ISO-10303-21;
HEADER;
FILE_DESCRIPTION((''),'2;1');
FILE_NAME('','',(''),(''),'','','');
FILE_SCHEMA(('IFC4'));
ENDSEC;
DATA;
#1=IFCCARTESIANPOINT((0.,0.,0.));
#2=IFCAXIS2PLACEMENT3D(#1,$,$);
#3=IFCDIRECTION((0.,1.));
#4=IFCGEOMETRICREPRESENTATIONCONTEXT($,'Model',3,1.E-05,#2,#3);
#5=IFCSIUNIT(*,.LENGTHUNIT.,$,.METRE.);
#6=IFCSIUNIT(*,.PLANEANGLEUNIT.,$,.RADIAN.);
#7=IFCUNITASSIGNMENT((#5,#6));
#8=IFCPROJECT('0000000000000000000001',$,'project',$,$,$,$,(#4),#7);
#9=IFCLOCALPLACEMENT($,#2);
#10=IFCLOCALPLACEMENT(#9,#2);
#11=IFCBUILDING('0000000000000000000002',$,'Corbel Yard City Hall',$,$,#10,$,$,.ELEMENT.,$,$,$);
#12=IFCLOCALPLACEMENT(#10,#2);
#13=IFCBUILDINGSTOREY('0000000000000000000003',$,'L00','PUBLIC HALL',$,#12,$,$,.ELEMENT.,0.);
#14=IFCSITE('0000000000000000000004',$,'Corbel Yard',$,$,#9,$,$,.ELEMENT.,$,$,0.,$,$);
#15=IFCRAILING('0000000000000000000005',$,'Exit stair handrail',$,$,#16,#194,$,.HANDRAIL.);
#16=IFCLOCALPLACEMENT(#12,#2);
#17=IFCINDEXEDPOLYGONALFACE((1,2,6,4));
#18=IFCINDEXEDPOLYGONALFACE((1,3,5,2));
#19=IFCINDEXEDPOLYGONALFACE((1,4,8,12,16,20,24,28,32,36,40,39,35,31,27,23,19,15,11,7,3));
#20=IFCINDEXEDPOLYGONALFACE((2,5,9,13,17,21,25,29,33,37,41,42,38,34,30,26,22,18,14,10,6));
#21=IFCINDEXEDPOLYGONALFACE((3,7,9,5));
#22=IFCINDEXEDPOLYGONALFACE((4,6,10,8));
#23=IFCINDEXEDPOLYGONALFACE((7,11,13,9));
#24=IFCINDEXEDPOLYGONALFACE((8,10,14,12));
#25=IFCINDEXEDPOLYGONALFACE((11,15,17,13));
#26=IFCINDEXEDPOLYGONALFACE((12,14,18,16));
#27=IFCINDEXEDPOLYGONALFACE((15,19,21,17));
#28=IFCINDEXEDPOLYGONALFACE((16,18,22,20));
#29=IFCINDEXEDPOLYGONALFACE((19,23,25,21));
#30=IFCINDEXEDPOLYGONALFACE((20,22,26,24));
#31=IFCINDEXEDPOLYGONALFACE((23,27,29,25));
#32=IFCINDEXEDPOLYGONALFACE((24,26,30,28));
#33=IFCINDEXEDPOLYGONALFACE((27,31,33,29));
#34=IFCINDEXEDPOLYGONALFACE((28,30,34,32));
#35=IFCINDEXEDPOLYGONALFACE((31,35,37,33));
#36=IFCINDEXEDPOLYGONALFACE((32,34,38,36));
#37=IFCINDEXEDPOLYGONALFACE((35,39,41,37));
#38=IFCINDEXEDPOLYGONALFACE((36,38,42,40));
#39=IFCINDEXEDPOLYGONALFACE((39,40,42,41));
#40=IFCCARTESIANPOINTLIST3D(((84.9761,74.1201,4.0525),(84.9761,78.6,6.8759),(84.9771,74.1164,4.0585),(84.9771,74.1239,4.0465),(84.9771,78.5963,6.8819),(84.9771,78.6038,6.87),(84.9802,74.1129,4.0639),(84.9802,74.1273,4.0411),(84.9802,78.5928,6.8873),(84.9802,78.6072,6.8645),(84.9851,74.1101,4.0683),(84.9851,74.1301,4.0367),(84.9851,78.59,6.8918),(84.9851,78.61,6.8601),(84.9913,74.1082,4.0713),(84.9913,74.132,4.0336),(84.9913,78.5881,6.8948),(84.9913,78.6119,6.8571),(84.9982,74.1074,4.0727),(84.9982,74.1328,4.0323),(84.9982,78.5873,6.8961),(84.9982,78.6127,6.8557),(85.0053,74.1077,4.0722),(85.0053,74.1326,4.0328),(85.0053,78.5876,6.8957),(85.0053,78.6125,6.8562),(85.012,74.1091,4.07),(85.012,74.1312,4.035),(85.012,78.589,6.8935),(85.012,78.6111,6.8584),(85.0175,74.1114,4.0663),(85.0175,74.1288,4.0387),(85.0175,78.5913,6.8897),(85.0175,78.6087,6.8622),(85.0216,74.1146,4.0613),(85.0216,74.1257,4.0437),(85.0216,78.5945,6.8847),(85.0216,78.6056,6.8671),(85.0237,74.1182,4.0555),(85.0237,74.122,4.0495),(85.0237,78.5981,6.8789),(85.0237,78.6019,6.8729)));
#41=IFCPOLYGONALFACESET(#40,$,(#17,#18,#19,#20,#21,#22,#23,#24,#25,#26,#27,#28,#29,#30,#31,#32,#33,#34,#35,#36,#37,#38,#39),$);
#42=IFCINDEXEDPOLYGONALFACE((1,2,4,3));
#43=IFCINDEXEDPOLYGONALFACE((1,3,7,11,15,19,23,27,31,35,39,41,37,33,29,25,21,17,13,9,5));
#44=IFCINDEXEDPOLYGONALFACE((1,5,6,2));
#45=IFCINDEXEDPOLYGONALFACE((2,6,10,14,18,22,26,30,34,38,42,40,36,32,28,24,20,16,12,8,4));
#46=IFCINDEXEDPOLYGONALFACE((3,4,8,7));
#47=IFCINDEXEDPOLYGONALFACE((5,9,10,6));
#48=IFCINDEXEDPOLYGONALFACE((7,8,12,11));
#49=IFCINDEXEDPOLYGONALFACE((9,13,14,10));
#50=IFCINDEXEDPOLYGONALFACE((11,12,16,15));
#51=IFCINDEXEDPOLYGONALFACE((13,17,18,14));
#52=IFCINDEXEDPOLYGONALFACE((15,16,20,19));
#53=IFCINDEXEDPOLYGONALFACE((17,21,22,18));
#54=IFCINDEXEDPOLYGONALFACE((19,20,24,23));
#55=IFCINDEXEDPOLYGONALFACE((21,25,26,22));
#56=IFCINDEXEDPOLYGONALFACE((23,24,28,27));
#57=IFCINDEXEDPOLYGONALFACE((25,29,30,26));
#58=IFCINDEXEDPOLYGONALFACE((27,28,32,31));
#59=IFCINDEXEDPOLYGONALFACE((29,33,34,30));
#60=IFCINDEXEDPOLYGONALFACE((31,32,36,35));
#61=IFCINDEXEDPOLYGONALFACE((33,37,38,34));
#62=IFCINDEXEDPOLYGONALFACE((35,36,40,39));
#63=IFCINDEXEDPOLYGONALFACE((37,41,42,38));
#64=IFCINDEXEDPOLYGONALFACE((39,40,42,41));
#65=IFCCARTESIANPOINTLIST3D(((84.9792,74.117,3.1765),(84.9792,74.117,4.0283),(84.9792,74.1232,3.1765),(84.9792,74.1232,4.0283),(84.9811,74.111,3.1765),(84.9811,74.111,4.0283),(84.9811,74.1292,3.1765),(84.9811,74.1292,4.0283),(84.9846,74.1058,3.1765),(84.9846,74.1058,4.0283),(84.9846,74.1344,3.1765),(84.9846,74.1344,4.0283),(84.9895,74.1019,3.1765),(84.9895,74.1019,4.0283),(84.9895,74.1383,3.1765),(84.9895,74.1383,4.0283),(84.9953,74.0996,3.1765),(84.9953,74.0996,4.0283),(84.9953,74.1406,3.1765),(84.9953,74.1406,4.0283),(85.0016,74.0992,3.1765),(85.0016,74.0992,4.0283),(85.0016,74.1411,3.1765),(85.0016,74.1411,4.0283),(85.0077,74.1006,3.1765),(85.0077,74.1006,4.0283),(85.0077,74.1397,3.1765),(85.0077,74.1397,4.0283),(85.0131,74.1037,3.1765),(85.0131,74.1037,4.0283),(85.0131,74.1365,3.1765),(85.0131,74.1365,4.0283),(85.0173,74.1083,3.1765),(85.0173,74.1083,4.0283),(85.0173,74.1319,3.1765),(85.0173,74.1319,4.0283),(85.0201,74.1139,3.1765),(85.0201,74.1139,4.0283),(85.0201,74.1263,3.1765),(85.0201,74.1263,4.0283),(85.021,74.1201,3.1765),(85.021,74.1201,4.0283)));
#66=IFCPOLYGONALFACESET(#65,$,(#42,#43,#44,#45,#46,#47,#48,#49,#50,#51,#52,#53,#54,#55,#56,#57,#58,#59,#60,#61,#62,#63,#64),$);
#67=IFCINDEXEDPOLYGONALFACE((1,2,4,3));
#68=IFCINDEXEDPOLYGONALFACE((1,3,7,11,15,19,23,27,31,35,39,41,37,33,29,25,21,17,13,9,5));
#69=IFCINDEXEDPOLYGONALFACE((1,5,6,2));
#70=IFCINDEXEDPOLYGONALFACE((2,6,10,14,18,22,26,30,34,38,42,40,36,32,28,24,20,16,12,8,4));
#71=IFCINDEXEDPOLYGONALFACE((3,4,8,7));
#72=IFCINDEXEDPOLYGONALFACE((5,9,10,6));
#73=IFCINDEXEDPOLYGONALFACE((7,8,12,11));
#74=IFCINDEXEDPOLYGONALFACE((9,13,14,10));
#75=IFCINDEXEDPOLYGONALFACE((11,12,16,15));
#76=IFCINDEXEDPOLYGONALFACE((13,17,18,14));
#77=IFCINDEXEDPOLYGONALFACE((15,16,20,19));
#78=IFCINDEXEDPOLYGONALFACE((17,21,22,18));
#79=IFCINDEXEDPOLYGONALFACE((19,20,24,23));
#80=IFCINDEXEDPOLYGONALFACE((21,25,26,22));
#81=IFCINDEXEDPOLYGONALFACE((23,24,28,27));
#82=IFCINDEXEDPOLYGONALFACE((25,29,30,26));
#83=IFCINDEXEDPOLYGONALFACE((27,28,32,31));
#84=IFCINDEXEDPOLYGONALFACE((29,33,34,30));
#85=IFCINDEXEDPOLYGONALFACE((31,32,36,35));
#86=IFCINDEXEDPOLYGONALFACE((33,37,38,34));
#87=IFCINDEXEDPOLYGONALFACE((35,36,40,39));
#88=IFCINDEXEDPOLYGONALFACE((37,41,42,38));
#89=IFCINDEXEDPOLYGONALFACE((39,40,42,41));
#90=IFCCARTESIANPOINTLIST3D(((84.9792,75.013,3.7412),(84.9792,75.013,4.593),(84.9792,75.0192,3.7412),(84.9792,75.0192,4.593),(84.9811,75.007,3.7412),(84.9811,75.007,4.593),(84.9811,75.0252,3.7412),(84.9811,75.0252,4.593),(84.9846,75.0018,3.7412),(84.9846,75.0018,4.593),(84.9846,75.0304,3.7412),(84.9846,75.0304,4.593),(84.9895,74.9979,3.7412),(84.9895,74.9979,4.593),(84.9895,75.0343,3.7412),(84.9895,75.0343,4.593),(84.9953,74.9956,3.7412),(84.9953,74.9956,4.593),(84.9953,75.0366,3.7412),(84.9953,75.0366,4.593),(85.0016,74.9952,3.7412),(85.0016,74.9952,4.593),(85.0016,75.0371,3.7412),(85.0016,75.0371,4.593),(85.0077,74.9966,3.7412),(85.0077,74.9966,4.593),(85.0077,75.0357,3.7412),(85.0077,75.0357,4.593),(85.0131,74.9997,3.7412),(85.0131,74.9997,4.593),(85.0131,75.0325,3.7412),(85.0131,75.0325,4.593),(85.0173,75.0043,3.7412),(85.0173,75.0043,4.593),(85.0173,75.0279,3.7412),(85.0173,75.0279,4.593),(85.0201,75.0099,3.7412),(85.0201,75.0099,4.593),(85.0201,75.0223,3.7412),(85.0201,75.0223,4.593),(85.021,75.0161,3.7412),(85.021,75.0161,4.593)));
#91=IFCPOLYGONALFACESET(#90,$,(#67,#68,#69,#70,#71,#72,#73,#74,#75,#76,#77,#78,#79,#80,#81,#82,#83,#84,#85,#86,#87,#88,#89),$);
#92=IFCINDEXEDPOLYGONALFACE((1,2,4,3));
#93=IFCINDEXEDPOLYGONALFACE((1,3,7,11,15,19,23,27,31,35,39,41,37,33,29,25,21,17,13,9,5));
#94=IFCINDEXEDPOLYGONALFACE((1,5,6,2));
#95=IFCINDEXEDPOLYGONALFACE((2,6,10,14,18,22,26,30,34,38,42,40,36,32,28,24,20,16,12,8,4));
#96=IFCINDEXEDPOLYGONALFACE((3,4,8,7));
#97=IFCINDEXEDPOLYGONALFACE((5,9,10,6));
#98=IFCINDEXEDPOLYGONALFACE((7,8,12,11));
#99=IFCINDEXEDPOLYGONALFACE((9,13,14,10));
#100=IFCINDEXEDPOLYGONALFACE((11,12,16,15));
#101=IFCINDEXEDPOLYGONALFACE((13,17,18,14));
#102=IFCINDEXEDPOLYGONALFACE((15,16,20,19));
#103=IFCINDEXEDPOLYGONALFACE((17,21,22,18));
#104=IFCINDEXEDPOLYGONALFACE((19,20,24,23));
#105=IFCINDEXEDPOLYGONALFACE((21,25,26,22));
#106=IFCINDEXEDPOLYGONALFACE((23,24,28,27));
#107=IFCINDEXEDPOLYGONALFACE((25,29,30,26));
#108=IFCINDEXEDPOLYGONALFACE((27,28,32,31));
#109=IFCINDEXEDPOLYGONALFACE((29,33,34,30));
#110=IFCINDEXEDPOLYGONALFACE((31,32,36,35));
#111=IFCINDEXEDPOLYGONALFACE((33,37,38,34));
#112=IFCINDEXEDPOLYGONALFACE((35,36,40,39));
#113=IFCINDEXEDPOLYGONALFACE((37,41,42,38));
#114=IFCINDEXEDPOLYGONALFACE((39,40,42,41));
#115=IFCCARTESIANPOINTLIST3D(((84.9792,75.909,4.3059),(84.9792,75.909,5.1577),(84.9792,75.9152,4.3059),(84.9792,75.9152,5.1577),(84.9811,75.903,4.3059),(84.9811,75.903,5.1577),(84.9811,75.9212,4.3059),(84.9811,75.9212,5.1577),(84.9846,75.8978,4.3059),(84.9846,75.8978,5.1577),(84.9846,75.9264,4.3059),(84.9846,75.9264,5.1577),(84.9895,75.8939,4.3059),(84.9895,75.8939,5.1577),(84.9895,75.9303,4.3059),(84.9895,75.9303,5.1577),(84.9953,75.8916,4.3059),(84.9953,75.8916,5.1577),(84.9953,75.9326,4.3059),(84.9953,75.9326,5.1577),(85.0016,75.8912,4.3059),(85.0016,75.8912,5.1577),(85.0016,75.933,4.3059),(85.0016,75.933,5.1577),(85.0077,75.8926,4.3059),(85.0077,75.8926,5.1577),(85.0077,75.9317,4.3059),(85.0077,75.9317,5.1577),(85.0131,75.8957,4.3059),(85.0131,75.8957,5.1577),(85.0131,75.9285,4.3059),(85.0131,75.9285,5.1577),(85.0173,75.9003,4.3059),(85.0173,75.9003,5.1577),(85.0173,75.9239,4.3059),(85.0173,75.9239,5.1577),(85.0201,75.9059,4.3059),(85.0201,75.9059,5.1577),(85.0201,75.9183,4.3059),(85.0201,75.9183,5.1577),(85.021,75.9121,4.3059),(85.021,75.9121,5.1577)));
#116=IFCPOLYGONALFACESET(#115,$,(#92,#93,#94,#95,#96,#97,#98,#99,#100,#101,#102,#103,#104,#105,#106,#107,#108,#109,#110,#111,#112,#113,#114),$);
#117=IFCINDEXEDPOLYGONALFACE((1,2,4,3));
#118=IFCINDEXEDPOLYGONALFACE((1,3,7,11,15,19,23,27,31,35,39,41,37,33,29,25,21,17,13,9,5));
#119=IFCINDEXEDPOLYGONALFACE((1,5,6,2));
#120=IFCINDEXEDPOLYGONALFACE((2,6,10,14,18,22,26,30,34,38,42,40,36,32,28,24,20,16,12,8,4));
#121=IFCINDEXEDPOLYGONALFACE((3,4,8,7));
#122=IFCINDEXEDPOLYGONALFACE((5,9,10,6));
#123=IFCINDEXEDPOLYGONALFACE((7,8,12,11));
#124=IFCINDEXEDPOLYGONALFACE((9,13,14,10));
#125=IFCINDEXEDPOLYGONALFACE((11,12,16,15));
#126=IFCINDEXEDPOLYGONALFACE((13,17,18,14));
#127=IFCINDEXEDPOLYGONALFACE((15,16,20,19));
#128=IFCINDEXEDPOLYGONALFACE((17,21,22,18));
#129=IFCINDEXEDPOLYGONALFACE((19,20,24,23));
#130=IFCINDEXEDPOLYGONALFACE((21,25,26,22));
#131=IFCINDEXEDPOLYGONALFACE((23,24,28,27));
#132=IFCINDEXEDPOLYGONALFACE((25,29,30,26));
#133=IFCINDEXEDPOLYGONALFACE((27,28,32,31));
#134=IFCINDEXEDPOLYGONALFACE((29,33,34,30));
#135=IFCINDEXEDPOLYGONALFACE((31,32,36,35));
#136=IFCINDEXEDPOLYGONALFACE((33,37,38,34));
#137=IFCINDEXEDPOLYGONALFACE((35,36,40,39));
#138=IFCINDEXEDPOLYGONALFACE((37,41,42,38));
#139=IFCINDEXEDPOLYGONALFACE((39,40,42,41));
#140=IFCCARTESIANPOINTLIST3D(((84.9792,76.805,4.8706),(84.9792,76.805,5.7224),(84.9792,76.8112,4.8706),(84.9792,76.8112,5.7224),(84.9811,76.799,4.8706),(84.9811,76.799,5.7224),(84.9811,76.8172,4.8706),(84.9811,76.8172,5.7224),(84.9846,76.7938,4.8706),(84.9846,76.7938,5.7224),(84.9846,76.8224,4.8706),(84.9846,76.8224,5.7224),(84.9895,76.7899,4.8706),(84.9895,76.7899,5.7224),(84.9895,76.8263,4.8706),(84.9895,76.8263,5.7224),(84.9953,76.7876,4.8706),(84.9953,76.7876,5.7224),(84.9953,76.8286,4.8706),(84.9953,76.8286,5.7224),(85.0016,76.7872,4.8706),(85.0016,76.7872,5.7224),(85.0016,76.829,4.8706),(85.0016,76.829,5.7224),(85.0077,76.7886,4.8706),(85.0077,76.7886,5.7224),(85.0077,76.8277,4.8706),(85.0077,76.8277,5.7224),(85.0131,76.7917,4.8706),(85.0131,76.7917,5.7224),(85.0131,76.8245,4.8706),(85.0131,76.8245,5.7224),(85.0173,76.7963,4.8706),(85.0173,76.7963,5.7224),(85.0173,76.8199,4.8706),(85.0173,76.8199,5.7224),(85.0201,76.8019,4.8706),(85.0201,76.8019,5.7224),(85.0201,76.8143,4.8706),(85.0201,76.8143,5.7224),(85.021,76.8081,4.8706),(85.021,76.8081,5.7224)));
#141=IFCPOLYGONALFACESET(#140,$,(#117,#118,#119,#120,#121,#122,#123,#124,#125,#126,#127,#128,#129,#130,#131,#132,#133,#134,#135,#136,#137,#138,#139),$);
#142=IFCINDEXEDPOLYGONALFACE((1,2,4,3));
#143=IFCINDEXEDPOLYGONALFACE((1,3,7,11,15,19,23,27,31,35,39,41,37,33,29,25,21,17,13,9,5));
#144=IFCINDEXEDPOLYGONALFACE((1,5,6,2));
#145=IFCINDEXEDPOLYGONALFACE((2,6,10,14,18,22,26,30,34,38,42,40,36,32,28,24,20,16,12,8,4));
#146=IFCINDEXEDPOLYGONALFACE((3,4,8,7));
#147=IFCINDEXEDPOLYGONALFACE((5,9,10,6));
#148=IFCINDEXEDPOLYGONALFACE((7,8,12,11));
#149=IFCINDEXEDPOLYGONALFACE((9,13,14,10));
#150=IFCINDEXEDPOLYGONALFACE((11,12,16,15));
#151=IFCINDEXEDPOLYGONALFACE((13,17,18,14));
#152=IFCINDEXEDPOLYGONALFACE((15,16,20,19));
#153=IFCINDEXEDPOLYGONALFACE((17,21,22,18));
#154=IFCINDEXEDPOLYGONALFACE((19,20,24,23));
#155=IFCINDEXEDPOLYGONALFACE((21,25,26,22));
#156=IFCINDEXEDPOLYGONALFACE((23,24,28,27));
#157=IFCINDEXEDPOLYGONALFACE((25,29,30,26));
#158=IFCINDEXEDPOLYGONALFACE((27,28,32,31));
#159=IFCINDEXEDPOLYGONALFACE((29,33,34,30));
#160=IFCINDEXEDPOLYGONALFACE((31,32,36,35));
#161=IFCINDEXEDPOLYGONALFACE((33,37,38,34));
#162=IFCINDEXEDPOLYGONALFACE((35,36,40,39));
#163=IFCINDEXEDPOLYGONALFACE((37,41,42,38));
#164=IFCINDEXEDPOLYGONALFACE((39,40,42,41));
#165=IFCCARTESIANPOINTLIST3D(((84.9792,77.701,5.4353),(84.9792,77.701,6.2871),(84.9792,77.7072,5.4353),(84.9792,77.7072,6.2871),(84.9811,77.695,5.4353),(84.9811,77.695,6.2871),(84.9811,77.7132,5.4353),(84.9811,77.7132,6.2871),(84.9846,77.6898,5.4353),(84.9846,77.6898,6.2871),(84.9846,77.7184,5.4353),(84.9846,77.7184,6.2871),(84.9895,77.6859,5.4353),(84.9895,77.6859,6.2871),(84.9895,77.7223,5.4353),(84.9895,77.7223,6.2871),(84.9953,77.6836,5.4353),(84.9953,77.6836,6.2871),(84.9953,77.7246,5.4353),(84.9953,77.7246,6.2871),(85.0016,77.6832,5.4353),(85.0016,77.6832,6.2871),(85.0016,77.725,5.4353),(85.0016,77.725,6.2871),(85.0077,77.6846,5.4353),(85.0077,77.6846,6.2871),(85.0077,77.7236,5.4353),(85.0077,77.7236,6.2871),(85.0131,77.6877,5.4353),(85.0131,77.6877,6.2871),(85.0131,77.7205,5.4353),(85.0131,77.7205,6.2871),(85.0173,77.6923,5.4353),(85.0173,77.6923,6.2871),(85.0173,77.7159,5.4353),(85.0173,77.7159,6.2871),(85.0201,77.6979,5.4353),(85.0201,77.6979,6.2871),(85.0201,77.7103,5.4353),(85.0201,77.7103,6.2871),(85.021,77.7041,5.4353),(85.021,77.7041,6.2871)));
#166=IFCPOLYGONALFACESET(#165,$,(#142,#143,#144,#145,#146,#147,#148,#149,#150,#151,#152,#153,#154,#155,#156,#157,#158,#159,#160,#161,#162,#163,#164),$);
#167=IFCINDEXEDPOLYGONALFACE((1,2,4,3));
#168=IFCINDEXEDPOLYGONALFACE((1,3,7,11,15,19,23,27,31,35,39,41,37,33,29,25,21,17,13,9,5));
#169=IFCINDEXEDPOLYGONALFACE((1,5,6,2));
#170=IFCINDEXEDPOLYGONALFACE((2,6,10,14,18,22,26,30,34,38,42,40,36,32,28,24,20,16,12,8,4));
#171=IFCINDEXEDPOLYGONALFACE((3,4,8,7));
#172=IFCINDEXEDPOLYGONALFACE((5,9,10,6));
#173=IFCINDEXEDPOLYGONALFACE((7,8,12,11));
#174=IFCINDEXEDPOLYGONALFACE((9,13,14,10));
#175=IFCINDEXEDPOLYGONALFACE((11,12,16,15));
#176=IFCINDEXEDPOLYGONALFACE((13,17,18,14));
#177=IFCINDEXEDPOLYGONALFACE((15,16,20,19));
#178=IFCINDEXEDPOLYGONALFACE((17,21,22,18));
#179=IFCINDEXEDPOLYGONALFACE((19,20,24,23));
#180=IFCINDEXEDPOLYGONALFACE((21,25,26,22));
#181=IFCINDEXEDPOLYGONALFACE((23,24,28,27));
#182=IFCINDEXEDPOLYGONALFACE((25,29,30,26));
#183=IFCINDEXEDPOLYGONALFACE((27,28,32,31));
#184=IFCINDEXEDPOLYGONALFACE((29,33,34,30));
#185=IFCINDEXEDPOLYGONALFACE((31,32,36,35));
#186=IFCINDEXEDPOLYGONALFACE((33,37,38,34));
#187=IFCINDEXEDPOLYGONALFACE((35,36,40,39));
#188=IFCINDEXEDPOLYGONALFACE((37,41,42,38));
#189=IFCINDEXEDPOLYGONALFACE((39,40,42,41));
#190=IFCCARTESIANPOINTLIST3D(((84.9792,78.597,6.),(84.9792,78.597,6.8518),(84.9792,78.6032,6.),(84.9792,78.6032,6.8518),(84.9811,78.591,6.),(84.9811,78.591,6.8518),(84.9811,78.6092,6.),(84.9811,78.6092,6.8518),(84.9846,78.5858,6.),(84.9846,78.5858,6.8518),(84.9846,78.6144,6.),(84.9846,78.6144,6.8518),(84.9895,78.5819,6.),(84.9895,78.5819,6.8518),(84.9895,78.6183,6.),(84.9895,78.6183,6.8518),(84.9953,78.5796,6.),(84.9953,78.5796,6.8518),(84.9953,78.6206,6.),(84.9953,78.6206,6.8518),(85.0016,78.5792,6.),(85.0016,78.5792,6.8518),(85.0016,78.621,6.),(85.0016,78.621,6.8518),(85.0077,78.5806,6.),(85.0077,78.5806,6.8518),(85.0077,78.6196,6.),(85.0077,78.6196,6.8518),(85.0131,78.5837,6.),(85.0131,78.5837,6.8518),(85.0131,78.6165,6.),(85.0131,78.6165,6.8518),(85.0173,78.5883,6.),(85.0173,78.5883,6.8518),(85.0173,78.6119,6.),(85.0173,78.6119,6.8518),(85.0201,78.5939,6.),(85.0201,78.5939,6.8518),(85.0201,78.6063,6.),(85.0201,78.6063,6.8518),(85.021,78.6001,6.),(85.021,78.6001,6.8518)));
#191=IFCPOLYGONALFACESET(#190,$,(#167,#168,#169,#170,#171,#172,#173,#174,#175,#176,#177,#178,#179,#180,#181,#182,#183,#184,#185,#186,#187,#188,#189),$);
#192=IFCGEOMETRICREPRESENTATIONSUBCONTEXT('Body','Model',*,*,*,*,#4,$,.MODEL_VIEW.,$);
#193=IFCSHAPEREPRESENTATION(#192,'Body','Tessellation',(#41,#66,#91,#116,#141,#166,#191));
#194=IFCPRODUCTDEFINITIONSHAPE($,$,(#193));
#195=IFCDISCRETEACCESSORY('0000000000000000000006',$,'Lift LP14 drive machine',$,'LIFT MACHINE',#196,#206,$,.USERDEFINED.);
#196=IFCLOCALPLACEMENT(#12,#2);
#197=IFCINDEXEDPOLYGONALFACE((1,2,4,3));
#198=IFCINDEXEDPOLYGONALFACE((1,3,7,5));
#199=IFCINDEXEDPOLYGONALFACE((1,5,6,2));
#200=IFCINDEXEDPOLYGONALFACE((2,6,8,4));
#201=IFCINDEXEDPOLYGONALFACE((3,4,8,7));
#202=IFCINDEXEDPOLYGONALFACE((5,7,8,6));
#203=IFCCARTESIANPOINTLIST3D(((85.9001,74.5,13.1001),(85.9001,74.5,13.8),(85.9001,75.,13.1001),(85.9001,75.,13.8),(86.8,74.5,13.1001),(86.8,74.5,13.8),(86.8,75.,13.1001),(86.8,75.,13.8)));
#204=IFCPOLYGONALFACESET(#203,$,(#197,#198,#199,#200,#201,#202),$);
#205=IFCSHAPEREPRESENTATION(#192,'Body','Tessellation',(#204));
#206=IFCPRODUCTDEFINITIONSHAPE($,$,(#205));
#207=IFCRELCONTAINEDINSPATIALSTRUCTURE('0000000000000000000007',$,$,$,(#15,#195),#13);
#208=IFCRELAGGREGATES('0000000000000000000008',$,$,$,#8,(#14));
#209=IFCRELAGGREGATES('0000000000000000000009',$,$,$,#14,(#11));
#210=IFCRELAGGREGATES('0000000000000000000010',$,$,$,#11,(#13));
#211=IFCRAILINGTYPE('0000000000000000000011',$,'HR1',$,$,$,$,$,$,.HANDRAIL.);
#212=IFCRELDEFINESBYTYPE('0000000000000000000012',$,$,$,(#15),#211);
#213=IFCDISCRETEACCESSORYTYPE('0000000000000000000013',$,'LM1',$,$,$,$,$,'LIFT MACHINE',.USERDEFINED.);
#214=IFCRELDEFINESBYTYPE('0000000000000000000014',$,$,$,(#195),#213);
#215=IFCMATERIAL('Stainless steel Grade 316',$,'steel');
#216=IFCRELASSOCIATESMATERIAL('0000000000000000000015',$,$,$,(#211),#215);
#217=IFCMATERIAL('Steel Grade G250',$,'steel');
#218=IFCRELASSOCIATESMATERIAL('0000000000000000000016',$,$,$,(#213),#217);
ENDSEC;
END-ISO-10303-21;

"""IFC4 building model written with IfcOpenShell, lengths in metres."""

from ifc_helpers import new_model, si_unit, direction, frame, origin, origin_2d, place, context, subcontext, project, spatial, rectangle, circle, extrude, material, type_object, element, save


model = new_model("IFC4")

# Units and contexts
model_context = context("Model", 3, precision=1e-05, world=origin(), true_north=direction((0.0, 1.0)))
body_context = subcontext(model_context, "Body", "Model", "MODEL_VIEW")
ifc_project = project(units=[si_unit("LENGTHUNIT", "METRE"), si_unit("PLANEANGLEUNIT", "RADIAN")], contexts=[model_context])

# Site, building, storey
site_placement = place(None, origin())
site = spatial("IfcSite", under=ifc_project, at=site_placement, Name="Corbel Yard", CompositionType="ELEMENT", RefElevation=0.0)
building_placement = place(site_placement, origin())
building = spatial("IfcBuilding", under=site, at=building_placement, Name="Corbel Yard City Hall", CompositionType="ELEMENT")
storey_placement = place(building_placement, origin())
storey = spatial("IfcBuildingStorey", under=building, at=storey_placement, Name="L00", Description="PUBLIC HALL", CompositionType="ELEMENT", Elevation=0.0)

# Shared definitions
ifc_material_1 = material(Name="Steel Grade G250", Category="steel")

# Railing
ifc_material_2 = material(Name="Stainless steel Grade 316", Category="steel")
railing_type = type_object("IfcRailingType", Name="HR1", PredefinedType="HANDRAIL", material=ifc_material_2)
for number, where, name in (
    (1, (85.0, 74.1201, 3.1765), "Exit stair handrail"),
):
    element("IfcRailing", number, at=place(storey_placement, frame(where)), inside=storey, type_object=railing_type, Name=name, PredefinedType="HANDRAIL", context=body_context, shape_type="SweptSolid", body=[
        extrude(circle(Radius=0.0239, at=origin_2d()), frame((0.0, 0.0, 0.876), z_axis=(0.0, 0.845998, 0.533186), x_axis=(-1.0, 0.0, 0.0)), (0.0, 0.0, 1.0), 5.2954),
        extrude(circle(Radius=0.021, at=origin_2d()), origin(), (0.0, 0.0, 1.0), 0.8518),
        extrude(circle(Radius=0.021, at=origin_2d()), frame((0.0, 0.896, 0.5647)), (0.0, 0.0, 1.0), 0.8518),
        extrude(circle(Radius=0.021, at=origin_2d()), frame((0.0, 1.792, 1.1294)), (0.0, 0.0, 1.0), 0.8518),
        extrude(circle(Radius=0.021, at=origin_2d()), frame((0.0, 2.688, 1.6941)), (0.0, 0.0, 1.0), 0.8518),
        extrude(circle(Radius=0.021, at=origin_2d()), frame((0.0, 3.584, 2.2588)), (0.0, 0.0, 1.0), 0.8518),
        extrude(circle(Radius=0.021, at=origin_2d()), frame((0.0, 4.48, 2.8235)), (0.0, 0.0, 1.0), 0.8518),
    ])

# Discrete accessory
discrete_accessory_type_1 = type_object("IfcDiscreteAccessoryType", Name="LM1", ElementType="LIFT MACHINE", PredefinedType="USERDEFINED", material=ifc_material_1)
discrete_accessory_1_placement = place(storey_placement, frame((86.3501, 74.75, 13.1001), z_axis=(0.0, 0.0, 1.0), x_axis=(1.0, 0.0, 0.0)))
element("IfcDiscreteAccessory", 2, at=discrete_accessory_1_placement, inside=storey, type_object=discrete_accessory_type_1, Name="Lift LP14 drive machine", ObjectType="LIFT MACHINE", PredefinedType="USERDEFINED", context=body_context, shape_type="SweptSolid", body=[
    extrude(rectangle(XDim=0.8999, YDim=0.5, at=origin_2d()), origin(), (0.0, 0.0, 1.0), 0.7),
])

save(model, "model.ifc")
